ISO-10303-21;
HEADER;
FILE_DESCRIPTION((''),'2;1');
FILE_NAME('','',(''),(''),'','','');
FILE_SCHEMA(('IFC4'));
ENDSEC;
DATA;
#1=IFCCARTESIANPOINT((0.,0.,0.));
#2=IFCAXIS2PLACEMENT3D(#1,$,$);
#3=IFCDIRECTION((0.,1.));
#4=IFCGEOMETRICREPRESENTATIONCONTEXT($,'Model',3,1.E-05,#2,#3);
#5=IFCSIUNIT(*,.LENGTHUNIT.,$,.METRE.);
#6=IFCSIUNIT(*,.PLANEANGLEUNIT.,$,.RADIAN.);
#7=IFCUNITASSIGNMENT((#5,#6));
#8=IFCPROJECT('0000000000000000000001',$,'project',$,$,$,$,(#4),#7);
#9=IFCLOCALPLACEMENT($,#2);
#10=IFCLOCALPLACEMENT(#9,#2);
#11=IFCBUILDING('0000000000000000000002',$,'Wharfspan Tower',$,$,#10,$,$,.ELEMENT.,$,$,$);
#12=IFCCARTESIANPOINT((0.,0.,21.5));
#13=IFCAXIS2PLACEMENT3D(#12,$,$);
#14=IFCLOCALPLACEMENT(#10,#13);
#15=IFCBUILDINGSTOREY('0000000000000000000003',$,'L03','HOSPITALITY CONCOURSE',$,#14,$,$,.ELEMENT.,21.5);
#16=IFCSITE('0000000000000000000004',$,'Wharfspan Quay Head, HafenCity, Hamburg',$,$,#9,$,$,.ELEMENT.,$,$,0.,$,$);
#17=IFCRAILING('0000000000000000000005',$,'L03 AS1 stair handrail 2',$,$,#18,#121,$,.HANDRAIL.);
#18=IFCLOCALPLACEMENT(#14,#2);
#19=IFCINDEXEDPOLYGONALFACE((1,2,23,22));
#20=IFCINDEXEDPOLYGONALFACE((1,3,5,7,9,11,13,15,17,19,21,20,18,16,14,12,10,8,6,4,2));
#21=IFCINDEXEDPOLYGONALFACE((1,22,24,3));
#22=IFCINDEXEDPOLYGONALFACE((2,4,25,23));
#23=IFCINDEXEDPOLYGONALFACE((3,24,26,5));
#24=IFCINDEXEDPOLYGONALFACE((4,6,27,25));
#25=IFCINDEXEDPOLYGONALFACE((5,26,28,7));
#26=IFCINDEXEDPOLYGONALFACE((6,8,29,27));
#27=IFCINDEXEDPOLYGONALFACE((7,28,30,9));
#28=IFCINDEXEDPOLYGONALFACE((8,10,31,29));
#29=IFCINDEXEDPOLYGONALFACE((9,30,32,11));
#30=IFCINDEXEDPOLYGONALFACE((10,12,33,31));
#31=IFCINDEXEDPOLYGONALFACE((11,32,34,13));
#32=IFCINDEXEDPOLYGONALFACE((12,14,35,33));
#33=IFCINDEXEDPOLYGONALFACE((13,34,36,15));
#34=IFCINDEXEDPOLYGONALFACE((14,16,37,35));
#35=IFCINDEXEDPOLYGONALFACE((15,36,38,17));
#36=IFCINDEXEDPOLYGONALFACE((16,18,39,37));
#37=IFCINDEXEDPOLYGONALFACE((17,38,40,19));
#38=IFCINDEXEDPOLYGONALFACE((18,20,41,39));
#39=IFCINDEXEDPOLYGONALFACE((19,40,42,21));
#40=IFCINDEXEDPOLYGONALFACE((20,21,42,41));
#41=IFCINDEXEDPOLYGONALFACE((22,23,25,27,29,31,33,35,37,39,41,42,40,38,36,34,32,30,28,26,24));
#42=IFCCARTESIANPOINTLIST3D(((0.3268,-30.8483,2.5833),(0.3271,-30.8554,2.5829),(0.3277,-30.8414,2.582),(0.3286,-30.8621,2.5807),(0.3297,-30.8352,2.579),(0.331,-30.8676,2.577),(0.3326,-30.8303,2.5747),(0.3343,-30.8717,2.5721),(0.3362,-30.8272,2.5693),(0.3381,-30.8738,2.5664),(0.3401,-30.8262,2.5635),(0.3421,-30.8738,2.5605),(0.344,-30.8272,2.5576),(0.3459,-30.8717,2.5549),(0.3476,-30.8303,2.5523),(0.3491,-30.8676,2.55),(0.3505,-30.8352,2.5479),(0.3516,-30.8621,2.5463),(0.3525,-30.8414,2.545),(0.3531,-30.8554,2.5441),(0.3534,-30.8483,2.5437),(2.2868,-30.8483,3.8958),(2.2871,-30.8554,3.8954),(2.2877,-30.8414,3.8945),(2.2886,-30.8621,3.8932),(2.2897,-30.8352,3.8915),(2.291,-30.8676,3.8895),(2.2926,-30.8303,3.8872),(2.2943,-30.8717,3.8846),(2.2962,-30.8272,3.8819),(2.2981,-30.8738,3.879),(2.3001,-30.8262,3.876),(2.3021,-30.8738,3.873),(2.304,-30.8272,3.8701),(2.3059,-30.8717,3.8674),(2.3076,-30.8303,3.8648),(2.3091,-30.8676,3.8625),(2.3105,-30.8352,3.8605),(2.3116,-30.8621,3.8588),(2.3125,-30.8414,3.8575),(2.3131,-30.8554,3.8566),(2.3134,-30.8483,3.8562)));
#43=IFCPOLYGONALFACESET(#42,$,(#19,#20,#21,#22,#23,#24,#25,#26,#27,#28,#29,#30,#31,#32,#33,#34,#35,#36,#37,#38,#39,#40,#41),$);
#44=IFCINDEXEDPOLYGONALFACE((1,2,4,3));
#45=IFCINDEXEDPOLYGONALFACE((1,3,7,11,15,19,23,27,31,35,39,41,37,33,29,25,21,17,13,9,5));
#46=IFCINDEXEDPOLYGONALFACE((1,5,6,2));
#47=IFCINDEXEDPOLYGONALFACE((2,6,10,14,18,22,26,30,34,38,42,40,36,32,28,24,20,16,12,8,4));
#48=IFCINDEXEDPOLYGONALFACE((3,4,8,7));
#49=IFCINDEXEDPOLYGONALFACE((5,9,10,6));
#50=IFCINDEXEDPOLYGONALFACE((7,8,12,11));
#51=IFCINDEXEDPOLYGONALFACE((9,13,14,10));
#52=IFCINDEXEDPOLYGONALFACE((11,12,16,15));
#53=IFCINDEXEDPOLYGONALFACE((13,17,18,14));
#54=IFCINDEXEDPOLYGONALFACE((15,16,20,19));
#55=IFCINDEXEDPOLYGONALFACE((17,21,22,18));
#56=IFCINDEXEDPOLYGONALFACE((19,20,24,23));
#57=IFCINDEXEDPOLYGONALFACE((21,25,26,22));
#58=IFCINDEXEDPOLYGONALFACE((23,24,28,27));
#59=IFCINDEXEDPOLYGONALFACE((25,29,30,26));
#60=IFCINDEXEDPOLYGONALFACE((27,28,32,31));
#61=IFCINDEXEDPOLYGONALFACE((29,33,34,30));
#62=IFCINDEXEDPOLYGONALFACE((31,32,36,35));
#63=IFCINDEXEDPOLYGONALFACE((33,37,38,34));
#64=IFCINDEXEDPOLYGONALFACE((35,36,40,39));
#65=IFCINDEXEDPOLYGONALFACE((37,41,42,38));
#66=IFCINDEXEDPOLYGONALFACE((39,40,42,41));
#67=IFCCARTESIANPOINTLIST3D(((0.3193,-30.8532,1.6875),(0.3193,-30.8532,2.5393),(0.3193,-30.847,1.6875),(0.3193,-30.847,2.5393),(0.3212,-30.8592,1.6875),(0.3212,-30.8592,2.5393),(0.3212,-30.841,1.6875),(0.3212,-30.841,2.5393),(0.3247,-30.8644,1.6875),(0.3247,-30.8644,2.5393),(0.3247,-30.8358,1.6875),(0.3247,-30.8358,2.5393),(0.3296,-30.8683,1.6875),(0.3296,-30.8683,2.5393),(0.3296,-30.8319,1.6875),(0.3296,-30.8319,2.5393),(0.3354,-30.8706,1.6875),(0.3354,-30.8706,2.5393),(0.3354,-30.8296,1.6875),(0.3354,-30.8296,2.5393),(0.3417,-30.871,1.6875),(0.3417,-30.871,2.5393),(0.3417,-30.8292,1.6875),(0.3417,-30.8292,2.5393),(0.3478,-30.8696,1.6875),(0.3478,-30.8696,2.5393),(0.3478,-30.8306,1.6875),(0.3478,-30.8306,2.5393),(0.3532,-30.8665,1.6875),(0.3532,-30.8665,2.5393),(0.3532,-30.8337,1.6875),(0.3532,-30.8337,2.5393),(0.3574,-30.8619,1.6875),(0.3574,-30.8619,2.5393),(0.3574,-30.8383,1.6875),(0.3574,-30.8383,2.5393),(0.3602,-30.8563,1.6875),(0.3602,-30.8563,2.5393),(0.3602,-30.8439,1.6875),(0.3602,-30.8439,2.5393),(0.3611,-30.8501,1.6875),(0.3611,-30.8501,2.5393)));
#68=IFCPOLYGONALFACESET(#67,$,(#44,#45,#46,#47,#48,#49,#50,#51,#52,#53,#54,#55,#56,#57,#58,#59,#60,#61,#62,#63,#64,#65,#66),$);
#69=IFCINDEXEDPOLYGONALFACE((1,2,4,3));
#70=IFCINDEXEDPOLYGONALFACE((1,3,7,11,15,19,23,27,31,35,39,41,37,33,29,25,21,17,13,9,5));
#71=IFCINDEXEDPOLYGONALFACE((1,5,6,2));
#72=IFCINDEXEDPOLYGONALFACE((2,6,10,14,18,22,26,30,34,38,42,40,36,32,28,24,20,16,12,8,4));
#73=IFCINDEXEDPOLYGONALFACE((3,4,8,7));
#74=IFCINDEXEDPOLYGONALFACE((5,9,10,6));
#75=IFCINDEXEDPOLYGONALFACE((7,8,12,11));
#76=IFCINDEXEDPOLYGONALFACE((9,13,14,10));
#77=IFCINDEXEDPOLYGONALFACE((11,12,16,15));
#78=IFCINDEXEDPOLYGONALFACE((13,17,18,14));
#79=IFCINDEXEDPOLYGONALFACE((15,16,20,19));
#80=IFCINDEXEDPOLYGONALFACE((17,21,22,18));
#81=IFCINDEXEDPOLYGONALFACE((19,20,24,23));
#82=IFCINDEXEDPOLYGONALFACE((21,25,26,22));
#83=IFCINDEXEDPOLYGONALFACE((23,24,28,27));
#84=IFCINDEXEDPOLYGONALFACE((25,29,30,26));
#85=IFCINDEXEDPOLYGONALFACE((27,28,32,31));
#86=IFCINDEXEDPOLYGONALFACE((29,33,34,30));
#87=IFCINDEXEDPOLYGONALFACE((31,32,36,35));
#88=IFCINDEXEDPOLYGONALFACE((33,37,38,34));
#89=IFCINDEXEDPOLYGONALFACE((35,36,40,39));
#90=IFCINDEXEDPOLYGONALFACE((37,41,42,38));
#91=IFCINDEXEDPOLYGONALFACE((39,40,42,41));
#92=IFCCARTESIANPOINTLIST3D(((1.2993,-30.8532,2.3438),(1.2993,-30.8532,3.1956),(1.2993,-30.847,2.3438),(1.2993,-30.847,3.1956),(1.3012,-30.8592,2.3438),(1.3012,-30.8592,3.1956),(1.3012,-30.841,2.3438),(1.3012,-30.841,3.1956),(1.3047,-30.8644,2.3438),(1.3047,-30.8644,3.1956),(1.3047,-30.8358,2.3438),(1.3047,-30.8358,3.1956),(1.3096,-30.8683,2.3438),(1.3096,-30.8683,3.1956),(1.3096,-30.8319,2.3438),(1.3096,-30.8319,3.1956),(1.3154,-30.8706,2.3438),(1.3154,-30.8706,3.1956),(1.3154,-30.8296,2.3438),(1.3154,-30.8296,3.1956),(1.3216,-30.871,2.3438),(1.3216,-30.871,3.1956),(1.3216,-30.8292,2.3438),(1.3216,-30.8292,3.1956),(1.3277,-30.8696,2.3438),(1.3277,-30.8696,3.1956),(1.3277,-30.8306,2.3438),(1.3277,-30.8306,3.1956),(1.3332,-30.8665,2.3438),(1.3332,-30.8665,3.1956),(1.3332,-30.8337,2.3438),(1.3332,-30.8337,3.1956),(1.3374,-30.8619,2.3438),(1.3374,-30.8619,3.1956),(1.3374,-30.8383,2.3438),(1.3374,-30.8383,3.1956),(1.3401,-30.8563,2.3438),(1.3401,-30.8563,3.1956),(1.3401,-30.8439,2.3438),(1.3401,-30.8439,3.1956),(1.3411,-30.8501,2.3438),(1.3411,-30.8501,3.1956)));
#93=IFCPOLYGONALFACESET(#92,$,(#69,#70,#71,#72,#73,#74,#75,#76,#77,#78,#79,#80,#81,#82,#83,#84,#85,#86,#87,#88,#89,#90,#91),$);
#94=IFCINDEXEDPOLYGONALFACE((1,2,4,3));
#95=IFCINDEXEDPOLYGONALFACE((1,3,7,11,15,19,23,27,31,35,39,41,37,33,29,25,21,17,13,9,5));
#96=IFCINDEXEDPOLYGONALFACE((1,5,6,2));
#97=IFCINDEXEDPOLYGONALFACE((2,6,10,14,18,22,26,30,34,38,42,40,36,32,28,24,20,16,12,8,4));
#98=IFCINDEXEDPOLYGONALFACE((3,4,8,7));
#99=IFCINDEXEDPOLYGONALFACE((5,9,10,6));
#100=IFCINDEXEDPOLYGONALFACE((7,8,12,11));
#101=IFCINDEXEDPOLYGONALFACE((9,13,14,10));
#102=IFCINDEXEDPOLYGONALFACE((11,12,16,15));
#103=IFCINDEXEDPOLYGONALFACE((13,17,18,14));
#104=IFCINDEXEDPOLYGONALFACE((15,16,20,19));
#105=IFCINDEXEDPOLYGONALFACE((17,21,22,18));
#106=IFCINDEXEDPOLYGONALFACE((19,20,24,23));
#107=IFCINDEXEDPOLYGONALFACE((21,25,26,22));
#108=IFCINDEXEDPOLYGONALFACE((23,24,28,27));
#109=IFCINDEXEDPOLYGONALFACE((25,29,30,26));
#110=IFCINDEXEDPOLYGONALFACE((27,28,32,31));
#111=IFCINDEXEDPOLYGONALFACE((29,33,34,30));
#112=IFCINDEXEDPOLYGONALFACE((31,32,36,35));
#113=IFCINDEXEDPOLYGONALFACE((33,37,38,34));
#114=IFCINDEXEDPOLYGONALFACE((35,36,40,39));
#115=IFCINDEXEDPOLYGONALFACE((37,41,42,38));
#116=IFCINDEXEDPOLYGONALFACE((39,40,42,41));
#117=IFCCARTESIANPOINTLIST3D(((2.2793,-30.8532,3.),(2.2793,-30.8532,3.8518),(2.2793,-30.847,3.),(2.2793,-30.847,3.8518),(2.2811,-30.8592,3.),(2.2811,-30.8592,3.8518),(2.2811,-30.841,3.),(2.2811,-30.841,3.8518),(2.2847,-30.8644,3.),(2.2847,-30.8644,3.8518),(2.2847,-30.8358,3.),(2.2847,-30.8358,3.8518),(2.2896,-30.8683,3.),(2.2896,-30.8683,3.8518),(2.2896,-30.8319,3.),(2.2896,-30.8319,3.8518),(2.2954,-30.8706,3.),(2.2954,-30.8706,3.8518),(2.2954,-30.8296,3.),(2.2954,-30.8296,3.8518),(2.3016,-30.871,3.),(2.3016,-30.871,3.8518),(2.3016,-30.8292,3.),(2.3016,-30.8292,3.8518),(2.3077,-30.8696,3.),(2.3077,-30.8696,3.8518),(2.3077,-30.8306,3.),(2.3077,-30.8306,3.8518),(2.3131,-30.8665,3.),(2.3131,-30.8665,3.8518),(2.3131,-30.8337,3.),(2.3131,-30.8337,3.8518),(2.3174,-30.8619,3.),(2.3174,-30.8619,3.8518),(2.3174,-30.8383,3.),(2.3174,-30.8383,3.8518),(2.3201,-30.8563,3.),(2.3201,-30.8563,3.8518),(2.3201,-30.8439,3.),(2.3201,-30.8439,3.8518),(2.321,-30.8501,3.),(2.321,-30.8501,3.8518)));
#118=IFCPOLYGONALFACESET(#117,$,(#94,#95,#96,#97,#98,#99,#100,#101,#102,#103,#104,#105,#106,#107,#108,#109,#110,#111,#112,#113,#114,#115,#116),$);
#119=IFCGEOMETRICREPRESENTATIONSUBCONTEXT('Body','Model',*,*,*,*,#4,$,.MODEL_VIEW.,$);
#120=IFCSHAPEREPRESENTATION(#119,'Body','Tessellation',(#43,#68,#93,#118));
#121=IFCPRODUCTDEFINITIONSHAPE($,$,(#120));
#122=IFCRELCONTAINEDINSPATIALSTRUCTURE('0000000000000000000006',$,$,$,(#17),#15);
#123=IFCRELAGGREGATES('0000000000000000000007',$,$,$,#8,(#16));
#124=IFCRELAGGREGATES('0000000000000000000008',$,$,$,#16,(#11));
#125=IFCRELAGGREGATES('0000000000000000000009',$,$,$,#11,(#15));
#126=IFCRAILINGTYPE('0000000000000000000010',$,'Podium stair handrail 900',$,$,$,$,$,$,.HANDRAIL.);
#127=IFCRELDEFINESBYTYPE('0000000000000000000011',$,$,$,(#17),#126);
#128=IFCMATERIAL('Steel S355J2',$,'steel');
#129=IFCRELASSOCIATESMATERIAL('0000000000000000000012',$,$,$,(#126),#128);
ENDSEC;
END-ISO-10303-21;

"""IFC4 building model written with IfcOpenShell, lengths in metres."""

from ifc_helpers import new_model, si_unit, direction, frame, origin, origin_2d, place, context, subcontext, project, spatial, circle, extrude, material, type_object, element, save


model = new_model("IFC4")

# Units and contexts
model_context = context("Model", 3, precision=1e-05, world=origin(), true_north=direction((0.0, 1.0)))
body_context = subcontext(model_context, "Body", "Model", "MODEL_VIEW")
ifc_project = project(units=[si_unit("LENGTHUNIT", "METRE"), si_unit("PLANEANGLEUNIT", "RADIAN")], contexts=[model_context])

# Site, building, storey
site_placement = place(None, origin())
site = spatial("IfcSite", under=ifc_project, at=site_placement, Name="Wharfspan Quay Head, HafenCity, Hamburg", CompositionType="ELEMENT", RefElevation=0.0)
building_placement = place(site_placement, origin())
building = spatial("IfcBuilding", under=site, at=building_placement, Name="Wharfspan Tower", CompositionType="ELEMENT")
storey_placement = place(building_placement, frame((0.0, 0.0, 21.5)))
storey = spatial("IfcBuildingStorey", under=building, at=storey_placement, Name="L03", Description="HOSPITALITY CONCOURSE", CompositionType="ELEMENT", Elevation=21.5)

# Railing
ifc_material_1 = material(Name="Steel S355J2", Category="steel")
railing_type_1 = type_object("IfcRailingType", Name="Podium stair handrail 900", PredefinedType="HANDRAIL", material=ifc_material_1)
railing_1_placement = place(storey_placement, frame((0.3401, -30.8501, 1.6875)))
element("IfcRailing", 1, at=railing_1_placement, inside=storey, type_object=railing_type_1, Name="L03 AS1 stair handrail 2", PredefinedType="HANDRAIL", context=body_context, shape_type="SweptSolid", body=[
    extrude(circle(Radius=0.0239, at=origin_2d()), frame((0.0, 0.0, 0.876), z_axis=(0.830902, 0.0, 0.556419), x_axis=(0.0, 1.0, 0.0)), (0.0, 0.0, 1.0), 2.3589),
    extrude(circle(Radius=0.021, at=origin_2d()), origin(), (0.0, 0.0, 1.0), 0.8518),
    extrude(circle(Radius=0.021, at=origin_2d()), frame((0.98, 0.0, 0.6562)), (0.0, 0.0, 1.0), 0.8518),
    extrude(circle(Radius=0.021, at=origin_2d()), frame((1.96, 0.0, 1.3125)), (0.0, 0.0, 1.0), 0.8518),
])

save(model, "model.ifc")
